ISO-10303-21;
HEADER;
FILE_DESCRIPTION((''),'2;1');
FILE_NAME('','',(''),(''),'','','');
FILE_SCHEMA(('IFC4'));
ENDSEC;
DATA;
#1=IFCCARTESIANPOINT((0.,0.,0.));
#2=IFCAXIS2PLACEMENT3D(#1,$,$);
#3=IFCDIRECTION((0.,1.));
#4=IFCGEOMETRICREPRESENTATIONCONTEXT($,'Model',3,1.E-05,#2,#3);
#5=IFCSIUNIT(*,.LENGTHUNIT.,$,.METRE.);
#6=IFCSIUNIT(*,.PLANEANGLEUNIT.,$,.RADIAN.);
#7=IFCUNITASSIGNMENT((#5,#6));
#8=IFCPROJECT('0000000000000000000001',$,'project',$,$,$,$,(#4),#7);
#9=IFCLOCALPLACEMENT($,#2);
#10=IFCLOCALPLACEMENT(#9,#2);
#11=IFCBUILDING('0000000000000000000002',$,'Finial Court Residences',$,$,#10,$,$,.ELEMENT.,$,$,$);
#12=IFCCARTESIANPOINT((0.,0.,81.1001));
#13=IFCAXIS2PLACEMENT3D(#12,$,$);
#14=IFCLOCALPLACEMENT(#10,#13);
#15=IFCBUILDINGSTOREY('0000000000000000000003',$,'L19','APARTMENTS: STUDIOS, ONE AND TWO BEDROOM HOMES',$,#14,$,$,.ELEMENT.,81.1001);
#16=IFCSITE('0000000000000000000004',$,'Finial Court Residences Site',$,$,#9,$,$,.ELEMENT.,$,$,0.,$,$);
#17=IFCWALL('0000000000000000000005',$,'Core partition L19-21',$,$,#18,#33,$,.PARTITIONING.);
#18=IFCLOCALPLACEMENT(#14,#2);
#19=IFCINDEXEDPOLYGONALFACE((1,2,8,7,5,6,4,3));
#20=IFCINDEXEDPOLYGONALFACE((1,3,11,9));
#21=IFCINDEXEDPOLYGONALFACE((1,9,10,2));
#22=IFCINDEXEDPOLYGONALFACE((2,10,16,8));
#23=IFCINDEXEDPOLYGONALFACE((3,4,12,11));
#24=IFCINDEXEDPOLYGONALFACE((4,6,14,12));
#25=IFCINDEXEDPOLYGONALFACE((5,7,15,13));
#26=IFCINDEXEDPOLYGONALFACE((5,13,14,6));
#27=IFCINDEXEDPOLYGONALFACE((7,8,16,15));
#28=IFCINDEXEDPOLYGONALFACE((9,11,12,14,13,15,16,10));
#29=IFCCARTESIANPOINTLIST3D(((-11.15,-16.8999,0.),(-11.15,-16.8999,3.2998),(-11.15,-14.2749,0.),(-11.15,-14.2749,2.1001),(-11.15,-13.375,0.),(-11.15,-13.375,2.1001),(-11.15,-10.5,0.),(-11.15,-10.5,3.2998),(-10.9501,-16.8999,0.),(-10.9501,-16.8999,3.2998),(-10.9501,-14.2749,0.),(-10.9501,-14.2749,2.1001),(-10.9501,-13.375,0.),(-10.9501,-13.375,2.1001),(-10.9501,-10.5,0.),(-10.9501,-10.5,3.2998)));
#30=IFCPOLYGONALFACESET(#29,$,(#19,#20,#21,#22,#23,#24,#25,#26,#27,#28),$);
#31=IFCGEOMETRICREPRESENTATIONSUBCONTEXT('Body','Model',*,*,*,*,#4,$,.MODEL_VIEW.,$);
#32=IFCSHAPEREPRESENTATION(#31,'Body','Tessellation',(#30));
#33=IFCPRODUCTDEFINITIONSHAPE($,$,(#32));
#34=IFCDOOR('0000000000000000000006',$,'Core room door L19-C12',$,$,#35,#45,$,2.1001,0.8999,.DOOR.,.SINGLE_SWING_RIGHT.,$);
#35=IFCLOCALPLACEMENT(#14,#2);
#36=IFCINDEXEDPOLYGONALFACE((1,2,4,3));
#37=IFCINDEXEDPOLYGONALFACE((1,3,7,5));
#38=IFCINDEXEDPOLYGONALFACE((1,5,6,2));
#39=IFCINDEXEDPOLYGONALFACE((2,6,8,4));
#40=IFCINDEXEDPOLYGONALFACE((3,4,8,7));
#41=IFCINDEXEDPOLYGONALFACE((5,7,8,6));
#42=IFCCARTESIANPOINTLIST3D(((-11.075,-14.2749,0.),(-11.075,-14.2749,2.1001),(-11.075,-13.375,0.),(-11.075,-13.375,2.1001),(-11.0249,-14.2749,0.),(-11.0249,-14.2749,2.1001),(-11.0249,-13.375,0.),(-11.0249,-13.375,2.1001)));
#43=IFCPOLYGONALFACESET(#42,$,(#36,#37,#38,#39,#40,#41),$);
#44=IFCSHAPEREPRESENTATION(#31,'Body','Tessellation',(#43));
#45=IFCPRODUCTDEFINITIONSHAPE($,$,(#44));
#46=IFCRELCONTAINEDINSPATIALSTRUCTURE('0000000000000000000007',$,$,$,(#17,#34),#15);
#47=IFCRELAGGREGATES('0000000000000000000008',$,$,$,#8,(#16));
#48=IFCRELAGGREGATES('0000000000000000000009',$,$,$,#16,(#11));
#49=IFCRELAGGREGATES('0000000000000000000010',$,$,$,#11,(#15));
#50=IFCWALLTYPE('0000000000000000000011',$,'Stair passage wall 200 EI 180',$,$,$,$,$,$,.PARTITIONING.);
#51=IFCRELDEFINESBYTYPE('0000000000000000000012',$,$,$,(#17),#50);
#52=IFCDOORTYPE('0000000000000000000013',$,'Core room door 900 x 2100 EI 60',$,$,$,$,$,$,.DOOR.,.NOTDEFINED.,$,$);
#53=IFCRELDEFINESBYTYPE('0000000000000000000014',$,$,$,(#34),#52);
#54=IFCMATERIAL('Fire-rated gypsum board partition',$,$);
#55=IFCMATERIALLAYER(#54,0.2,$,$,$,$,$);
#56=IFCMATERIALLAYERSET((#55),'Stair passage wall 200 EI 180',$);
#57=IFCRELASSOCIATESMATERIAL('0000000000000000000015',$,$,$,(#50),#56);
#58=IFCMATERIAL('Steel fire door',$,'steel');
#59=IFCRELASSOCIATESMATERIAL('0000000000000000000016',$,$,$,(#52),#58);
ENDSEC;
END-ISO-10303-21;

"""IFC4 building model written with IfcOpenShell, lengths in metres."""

from ifc_helpers import new_model, si_unit, direction, frame, frame_2d, origin, place, context, subcontext, project, spatial, rectangle, extrude, material, layer, layer_set, type_object, element, fill, save


model = new_model("IFC4")

# Units and contexts
model_context = context("Model", 3, precision=1e-05, world=origin(), true_north=direction((0.0, 1.0)))
body_context = subcontext(model_context, "Body", "Model", "MODEL_VIEW")
ifc_project = project(units=[si_unit("LENGTHUNIT", "METRE"), si_unit("PLANEANGLEUNIT", "RADIAN")], contexts=[model_context])

# Site, building, storey
site_placement = place(None, origin())
site = spatial("IfcSite", under=ifc_project, at=site_placement, Name="Finial Court Residences Site", CompositionType="ELEMENT", RefElevation=0.0)
building_placement = place(site_placement, origin())
building = spatial("IfcBuilding", under=site, at=building_placement, Name="Finial Court Residences", CompositionType="ELEMENT")
storey_placement = place(building_placement, frame((0.0, 0.0, 81.1001)))
storey = spatial("IfcBuildingStorey", under=building, at=storey_placement, Name="L19", Description="APARTMENTS: STUDIOS, ONE AND TWO BEDROOM HOMES", CompositionType="ELEMENT", Elevation=81.1001)

# Wall, opening, door
ifc_material_1 = material(Name="Fire-rated gypsum board partition")
ifc_layer_1 = layer(ifc_material_1, 0.2)
ifc_layer_set_1 = layer_set([ifc_layer_1], Name="Stair passage wall 200 EI 180")
wall_type_1 = type_object("IfcWallType", Name="Stair passage wall 200 EI 180", PredefinedType="PARTITIONING", material=ifc_layer_set_1)
wall_1_placement = place(storey_placement, frame((-11.05, -16.8999, 0.0), z_axis=(0.0, 0.0, 1.0), x_axis=(0.0, 1.0, 0.0)))
wall_1 = element("IfcWall", 1, at=wall_1_placement, inside=storey, type_object=wall_type_1, Name="Core partition L19-21", PredefinedType="PARTITIONING", context=body_context, shape_type="SweptSolid", body=[
    extrude(rectangle(XDim=6.3999, YDim=0.2, at=frame_2d((3.2, 0.0))), origin(), (0.0, 0.0, 1.0), 3.2998),
])
opening_1_placement = place(wall_1_placement, frame((2.625, 0.0, 0.0)))
opening_1 = element("IfcOpeningElement", 2, at=opening_1_placement, cuts=wall_1, PredefinedType="OPENING", context=body_context, shape_type="SweptSolid", body=[
    extrude(rectangle(XDim=0.8999, YDim=2.1001, at=frame_2d((0.45, 1.05))), frame((0.0, 0.1099, 0.0), z_axis=(0.0, -1.0, 0.0), x_axis=(1.0, 0.0, 0.0)), (0.0, 0.0, 1.0), 0.22),
])
ifc_material_2 = material(Name="Steel fire door", Category="steel")
door_type_1 = type_object("IfcDoorType", Name="Core room door 900 x 2100 EI 60", OperationType="NOTDEFINED", PredefinedType="DOOR", material=ifc_material_2)
door_1_placement = place(opening_1_placement, origin())
door_1 = element("IfcDoor", 3, at=door_1_placement, inside=storey, type_object=door_type_1, Name="Core room door L19-C12", OperationType="SINGLE_SWING_RIGHT", OverallHeight=2.1001, OverallWidth=0.8999, PredefinedType="DOOR", context=body_context, shape_type="SweptSolid", body=[
    extrude(rectangle(XDim=0.8999, YDim=2.1001, at=frame_2d((0.45, 1.05))), frame((0.0, 0.0249, 0.0), z_axis=(0.0, -1.0, 0.0), x_axis=(1.0, 0.0, 0.0)), (0.0, 0.0, 1.0), 0.05),
])
fill(opening_1, door_1)

save(model, "model.ifc")
